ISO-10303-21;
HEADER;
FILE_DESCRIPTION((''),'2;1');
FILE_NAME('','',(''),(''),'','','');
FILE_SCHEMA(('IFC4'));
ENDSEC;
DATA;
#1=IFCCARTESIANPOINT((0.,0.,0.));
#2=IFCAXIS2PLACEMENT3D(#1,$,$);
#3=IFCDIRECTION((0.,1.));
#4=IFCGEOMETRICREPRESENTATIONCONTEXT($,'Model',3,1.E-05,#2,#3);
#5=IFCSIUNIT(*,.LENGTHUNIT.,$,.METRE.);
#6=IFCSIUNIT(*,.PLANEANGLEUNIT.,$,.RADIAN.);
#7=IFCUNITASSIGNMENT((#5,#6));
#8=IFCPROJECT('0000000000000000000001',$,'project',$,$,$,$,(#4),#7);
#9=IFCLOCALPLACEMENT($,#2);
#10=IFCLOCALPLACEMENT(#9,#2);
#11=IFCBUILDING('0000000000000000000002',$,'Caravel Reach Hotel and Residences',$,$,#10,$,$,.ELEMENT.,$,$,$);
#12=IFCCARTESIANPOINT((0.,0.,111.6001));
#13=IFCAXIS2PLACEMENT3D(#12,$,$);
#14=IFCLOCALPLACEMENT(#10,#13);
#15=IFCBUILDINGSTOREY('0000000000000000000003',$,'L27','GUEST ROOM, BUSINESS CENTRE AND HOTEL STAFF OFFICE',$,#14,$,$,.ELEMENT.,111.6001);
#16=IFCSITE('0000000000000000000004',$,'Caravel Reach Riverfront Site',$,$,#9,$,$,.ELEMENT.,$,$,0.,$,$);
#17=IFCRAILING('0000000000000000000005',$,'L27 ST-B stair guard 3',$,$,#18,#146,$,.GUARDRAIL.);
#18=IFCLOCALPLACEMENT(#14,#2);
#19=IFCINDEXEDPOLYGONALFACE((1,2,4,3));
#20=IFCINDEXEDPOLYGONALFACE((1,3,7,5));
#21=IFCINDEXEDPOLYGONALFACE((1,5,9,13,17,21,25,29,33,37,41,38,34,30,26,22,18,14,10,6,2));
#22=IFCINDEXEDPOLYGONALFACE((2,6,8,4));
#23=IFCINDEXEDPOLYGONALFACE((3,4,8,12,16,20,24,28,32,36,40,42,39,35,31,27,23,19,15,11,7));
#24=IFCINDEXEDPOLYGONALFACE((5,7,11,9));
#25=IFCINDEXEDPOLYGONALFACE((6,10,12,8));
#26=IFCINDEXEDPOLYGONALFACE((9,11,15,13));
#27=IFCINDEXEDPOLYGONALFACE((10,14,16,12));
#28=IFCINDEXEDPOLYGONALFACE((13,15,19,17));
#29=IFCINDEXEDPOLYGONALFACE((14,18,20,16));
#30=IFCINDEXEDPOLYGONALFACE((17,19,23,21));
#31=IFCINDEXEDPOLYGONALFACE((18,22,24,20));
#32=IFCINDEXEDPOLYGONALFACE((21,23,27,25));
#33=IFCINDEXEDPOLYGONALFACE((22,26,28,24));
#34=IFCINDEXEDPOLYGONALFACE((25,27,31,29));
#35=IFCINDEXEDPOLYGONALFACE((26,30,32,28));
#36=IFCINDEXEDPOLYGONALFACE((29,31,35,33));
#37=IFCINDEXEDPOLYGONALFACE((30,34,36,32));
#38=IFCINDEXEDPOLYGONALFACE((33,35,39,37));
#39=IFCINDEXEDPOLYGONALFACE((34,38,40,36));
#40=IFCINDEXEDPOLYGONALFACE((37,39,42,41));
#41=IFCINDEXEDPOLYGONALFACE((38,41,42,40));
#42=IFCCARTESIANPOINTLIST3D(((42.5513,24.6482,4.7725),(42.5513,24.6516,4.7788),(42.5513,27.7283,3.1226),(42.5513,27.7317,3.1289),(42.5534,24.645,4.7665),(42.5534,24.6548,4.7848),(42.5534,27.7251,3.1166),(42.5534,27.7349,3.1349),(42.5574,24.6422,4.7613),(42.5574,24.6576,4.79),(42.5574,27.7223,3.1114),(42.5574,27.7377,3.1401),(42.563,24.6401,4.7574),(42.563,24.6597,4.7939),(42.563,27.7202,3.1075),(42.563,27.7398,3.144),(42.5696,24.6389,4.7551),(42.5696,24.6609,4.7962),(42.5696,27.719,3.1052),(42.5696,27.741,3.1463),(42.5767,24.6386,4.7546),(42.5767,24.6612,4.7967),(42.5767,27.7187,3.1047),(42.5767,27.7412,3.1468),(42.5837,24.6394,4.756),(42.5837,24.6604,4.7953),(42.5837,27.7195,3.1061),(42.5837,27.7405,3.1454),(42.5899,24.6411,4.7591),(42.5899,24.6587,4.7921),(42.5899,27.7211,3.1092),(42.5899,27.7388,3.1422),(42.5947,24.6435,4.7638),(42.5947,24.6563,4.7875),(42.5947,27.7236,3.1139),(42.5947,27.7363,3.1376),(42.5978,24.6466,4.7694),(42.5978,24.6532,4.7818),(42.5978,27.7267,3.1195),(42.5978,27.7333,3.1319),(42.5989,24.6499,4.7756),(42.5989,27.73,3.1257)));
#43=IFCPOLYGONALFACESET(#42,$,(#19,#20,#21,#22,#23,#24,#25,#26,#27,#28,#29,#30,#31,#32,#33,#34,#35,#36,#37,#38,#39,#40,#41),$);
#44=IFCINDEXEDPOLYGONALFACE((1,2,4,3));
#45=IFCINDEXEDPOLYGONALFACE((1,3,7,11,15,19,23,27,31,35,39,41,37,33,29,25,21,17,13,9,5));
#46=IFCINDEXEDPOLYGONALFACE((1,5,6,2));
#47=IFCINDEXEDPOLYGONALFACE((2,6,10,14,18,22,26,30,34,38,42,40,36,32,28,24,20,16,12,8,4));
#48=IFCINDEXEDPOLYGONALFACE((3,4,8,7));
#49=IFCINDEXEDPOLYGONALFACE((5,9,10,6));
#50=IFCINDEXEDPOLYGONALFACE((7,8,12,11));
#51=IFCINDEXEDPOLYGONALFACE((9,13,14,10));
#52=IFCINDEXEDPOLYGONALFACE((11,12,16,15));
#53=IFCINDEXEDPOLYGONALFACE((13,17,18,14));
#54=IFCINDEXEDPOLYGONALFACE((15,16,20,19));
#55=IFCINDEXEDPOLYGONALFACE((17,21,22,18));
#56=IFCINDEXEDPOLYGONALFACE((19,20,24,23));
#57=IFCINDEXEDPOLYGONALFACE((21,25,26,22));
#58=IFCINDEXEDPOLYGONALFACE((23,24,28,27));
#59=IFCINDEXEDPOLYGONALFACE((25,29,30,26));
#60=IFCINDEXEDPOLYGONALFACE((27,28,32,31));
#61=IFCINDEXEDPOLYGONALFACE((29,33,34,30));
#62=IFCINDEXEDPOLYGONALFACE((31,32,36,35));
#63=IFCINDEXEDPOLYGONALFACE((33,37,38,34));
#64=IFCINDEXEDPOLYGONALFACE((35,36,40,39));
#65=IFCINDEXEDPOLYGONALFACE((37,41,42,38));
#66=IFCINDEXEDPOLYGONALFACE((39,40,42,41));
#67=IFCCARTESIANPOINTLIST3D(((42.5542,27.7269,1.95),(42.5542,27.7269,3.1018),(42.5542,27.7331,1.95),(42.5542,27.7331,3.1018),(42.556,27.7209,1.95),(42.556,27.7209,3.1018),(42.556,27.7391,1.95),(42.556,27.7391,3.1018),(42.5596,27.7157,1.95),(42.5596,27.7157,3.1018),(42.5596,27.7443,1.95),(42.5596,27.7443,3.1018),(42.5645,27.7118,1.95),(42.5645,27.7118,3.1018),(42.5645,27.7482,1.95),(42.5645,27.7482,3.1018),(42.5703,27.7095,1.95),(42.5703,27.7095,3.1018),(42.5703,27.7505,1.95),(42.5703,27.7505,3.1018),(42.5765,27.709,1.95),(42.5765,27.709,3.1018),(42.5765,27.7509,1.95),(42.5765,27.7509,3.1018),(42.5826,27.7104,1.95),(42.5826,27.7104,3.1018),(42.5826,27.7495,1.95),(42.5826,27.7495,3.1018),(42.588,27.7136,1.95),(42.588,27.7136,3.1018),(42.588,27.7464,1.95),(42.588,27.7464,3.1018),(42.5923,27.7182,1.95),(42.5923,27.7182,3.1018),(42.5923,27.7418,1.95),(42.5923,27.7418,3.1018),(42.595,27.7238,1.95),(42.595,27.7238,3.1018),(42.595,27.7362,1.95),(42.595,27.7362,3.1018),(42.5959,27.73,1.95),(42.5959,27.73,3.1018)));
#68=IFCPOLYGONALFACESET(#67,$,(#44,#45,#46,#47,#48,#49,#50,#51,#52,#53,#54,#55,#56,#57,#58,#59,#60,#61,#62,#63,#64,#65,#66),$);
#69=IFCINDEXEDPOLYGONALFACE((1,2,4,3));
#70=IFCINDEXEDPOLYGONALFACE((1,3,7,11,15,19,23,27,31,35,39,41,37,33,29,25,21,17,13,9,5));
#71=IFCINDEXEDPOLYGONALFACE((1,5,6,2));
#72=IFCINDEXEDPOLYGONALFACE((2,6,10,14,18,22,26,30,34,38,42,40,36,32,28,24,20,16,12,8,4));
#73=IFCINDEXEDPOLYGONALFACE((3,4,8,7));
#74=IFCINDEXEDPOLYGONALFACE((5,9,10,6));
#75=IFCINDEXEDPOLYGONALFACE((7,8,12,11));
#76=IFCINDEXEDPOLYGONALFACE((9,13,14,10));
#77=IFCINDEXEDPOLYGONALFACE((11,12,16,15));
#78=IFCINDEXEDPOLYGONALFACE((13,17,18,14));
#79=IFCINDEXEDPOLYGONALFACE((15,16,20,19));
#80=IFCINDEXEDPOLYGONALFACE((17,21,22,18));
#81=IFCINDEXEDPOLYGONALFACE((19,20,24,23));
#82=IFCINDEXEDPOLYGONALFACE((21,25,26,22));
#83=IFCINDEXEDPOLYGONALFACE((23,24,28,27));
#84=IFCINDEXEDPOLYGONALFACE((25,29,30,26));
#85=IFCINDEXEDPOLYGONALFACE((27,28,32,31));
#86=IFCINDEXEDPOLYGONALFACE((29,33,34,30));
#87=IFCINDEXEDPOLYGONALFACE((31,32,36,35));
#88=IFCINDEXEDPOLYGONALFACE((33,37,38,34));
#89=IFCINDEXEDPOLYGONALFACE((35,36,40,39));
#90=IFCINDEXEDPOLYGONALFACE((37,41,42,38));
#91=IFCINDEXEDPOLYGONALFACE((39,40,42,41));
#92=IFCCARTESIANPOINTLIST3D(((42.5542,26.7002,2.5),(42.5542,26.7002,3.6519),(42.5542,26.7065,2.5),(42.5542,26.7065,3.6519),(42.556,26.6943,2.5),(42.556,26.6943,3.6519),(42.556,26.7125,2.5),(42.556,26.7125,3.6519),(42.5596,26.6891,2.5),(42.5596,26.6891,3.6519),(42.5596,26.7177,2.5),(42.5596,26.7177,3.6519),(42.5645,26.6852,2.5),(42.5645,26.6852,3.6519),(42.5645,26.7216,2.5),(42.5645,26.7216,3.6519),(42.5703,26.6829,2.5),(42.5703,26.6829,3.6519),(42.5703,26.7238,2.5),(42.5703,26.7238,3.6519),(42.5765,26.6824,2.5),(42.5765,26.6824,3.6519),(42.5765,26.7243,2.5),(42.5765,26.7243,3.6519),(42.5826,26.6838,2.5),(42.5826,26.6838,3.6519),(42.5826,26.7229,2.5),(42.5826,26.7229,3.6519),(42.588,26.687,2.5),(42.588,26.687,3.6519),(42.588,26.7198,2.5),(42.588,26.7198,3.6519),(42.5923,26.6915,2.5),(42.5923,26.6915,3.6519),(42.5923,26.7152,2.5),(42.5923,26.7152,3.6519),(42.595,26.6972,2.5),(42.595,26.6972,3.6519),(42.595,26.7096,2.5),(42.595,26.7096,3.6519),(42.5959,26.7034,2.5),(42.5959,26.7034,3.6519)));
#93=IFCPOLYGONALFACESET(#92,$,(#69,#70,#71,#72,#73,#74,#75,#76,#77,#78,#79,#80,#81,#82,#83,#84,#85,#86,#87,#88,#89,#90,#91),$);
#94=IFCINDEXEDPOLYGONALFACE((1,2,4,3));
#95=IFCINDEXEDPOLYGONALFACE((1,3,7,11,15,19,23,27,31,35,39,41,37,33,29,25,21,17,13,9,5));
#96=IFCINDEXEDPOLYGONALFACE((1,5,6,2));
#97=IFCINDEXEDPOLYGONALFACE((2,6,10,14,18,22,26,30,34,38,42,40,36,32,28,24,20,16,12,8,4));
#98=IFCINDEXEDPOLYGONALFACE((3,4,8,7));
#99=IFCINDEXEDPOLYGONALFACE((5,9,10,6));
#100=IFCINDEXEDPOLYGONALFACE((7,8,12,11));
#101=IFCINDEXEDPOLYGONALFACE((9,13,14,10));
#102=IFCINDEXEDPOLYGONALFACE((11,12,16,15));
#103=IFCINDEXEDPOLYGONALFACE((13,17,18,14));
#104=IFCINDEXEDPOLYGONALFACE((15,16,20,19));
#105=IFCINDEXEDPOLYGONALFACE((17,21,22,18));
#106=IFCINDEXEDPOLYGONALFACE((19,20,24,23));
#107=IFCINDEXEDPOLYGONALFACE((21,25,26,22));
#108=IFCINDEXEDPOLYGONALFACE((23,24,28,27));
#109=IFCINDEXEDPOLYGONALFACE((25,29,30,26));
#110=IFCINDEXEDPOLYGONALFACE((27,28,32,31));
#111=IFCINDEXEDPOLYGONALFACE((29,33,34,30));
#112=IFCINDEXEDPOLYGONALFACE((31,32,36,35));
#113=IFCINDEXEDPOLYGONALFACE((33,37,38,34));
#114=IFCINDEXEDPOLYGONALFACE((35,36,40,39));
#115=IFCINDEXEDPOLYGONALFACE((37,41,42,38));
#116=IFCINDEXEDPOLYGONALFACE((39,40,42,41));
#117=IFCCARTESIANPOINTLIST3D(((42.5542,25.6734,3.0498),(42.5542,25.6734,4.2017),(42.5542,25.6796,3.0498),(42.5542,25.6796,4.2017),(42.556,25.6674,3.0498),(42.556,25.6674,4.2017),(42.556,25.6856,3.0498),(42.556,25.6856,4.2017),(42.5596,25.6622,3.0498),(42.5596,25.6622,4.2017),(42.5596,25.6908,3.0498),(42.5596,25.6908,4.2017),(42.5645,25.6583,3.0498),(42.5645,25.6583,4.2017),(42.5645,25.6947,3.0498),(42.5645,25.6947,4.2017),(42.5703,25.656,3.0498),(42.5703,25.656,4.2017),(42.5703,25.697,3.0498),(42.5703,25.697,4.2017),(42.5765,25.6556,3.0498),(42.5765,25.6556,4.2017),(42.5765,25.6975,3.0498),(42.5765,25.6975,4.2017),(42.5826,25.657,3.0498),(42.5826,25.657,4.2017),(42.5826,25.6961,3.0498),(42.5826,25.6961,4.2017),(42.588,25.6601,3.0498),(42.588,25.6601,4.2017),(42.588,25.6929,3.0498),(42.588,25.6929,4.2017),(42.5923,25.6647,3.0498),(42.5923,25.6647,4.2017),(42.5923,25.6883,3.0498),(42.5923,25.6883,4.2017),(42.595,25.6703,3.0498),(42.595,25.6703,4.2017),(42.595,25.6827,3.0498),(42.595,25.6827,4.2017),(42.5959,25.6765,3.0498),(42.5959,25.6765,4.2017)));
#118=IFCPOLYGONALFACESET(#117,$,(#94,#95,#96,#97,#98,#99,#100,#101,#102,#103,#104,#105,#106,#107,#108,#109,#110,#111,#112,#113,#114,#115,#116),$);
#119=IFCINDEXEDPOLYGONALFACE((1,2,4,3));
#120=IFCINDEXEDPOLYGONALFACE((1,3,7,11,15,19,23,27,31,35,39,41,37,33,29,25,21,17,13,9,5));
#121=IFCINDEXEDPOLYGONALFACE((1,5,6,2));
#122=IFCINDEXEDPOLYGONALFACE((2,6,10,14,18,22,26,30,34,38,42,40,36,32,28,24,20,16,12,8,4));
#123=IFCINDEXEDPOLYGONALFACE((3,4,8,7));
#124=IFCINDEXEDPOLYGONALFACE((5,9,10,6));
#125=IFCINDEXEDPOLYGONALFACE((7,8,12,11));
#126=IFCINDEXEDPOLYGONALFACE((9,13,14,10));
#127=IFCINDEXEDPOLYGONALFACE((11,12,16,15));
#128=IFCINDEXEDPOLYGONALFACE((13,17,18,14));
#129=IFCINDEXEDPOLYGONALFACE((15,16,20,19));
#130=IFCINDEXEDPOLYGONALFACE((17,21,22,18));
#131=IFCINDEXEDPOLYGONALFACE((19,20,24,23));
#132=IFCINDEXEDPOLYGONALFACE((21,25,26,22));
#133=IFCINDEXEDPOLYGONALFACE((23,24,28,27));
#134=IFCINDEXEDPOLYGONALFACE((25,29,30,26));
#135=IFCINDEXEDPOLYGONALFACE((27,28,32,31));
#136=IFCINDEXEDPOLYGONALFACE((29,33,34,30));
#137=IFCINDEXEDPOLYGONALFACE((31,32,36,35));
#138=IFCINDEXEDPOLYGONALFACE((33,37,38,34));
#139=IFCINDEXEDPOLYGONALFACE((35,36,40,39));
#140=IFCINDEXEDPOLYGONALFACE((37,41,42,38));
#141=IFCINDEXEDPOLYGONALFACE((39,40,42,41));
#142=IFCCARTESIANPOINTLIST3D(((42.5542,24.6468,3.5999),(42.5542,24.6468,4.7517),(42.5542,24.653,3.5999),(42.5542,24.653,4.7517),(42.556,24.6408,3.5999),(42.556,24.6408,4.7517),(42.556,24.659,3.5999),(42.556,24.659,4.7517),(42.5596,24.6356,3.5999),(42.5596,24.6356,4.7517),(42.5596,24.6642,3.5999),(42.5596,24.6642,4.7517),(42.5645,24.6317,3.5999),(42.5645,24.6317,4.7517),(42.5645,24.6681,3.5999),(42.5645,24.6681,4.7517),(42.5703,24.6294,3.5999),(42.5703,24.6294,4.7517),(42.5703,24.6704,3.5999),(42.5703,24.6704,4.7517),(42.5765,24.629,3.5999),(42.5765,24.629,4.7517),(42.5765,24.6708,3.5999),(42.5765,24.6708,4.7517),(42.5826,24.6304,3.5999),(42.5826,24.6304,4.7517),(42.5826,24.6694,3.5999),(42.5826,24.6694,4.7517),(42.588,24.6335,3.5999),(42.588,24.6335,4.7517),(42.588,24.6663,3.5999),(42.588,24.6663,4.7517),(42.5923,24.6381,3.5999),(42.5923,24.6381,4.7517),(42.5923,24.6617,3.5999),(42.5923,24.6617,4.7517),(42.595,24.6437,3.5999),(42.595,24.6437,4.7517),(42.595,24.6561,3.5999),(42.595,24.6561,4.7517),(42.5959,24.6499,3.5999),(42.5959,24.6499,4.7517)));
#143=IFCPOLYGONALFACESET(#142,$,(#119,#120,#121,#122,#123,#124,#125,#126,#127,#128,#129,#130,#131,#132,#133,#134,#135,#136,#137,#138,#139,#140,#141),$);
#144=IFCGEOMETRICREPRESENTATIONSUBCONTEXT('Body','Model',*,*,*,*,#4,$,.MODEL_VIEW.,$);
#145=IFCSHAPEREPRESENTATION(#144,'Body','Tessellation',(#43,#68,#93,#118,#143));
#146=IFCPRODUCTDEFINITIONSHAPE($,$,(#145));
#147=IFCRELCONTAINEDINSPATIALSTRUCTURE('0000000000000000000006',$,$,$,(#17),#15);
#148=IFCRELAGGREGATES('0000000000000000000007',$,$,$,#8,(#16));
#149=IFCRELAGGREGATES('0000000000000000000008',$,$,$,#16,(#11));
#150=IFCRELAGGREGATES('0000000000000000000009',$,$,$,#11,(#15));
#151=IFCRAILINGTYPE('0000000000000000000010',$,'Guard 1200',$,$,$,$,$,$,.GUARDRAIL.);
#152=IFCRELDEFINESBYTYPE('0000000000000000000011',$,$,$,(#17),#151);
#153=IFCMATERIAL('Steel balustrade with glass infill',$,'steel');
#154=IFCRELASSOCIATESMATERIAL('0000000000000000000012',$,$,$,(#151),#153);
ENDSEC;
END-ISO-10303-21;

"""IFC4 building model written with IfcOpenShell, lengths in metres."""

from ifc_helpers import new_model, si_unit, direction, frame, origin, origin_2d, place, context, subcontext, project, spatial, circle, extrude, material, type_object, element, save


model = new_model("IFC4")

# Units and contexts
model_context = context("Model", 3, precision=1e-05, world=origin(), true_north=direction((0.0, 1.0)))
body_context = subcontext(model_context, "Body", "Model", "MODEL_VIEW")
ifc_project = project(units=[si_unit("LENGTHUNIT", "METRE"), si_unit("PLANEANGLEUNIT", "RADIAN")], contexts=[model_context])

# Site, building, storey
site_placement = place(None, origin())
site = spatial("IfcSite", under=ifc_project, at=site_placement, Name="Caravel Reach Riverfront Site", CompositionType="ELEMENT", RefElevation=0.0)
building_placement = place(site_placement, origin())
building = spatial("IfcBuilding", under=site, at=building_placement, Name="Caravel Reach Hotel and Residences", CompositionType="ELEMENT")
storey_placement = place(building_placement, frame((0.0, 0.0, 111.6001)))
storey = spatial("IfcBuildingStorey", under=building, at=storey_placement, Name="L27", Description="GUEST ROOM, BUSINESS CENTRE AND HOTEL STAFF OFFICE", CompositionType="ELEMENT", Elevation=111.6001)

# Railing
ifc_material_1 = material(Name="Steel balustrade with glass infill", Category="steel")
railing_type_1 = type_object("IfcRailingType", Name="Guard 1200", PredefinedType="GUARDRAIL", material=ifc_material_1)
railing_1_placement = place(storey_placement, frame((42.575, 27.73, 1.95)))
element("IfcRailing", 1, at=railing_1_placement, inside=storey, type_object=railing_type_1, Name="L27 ST-B stair guard 3", PredefinedType="GUARDRAIL", context=body_context, shape_type="SweptSolid", body=[
    extrude(circle(Radius=0.0239, at=origin_2d()), frame((0.0, 0.0, 1.1758), z_axis=(0.0, -0.881497, 0.47219), x_axis=(1.0, 0.0, 0.0)), (0.0, 0.0, 1.0), 3.4941),
    extrude(circle(Radius=0.021, at=origin_2d()), origin(), (0.0, 0.0, 1.0), 1.1519),
    extrude(circle(Radius=0.021, at=origin_2d()), frame((0.0, -1.0266, 0.55)), (0.0, 0.0, 1.0), 1.1519),
    extrude(circle(Radius=0.021, at=origin_2d()), frame((0.0, -2.0535, 1.0999)), (0.0, 0.0, 1.0), 1.1519),
    extrude(circle(Radius=0.021, at=origin_2d()), frame((0.0, -3.0801, 1.6499)), (0.0, 0.0, 1.0), 1.1519),
])

save(model, "model.ifc")
